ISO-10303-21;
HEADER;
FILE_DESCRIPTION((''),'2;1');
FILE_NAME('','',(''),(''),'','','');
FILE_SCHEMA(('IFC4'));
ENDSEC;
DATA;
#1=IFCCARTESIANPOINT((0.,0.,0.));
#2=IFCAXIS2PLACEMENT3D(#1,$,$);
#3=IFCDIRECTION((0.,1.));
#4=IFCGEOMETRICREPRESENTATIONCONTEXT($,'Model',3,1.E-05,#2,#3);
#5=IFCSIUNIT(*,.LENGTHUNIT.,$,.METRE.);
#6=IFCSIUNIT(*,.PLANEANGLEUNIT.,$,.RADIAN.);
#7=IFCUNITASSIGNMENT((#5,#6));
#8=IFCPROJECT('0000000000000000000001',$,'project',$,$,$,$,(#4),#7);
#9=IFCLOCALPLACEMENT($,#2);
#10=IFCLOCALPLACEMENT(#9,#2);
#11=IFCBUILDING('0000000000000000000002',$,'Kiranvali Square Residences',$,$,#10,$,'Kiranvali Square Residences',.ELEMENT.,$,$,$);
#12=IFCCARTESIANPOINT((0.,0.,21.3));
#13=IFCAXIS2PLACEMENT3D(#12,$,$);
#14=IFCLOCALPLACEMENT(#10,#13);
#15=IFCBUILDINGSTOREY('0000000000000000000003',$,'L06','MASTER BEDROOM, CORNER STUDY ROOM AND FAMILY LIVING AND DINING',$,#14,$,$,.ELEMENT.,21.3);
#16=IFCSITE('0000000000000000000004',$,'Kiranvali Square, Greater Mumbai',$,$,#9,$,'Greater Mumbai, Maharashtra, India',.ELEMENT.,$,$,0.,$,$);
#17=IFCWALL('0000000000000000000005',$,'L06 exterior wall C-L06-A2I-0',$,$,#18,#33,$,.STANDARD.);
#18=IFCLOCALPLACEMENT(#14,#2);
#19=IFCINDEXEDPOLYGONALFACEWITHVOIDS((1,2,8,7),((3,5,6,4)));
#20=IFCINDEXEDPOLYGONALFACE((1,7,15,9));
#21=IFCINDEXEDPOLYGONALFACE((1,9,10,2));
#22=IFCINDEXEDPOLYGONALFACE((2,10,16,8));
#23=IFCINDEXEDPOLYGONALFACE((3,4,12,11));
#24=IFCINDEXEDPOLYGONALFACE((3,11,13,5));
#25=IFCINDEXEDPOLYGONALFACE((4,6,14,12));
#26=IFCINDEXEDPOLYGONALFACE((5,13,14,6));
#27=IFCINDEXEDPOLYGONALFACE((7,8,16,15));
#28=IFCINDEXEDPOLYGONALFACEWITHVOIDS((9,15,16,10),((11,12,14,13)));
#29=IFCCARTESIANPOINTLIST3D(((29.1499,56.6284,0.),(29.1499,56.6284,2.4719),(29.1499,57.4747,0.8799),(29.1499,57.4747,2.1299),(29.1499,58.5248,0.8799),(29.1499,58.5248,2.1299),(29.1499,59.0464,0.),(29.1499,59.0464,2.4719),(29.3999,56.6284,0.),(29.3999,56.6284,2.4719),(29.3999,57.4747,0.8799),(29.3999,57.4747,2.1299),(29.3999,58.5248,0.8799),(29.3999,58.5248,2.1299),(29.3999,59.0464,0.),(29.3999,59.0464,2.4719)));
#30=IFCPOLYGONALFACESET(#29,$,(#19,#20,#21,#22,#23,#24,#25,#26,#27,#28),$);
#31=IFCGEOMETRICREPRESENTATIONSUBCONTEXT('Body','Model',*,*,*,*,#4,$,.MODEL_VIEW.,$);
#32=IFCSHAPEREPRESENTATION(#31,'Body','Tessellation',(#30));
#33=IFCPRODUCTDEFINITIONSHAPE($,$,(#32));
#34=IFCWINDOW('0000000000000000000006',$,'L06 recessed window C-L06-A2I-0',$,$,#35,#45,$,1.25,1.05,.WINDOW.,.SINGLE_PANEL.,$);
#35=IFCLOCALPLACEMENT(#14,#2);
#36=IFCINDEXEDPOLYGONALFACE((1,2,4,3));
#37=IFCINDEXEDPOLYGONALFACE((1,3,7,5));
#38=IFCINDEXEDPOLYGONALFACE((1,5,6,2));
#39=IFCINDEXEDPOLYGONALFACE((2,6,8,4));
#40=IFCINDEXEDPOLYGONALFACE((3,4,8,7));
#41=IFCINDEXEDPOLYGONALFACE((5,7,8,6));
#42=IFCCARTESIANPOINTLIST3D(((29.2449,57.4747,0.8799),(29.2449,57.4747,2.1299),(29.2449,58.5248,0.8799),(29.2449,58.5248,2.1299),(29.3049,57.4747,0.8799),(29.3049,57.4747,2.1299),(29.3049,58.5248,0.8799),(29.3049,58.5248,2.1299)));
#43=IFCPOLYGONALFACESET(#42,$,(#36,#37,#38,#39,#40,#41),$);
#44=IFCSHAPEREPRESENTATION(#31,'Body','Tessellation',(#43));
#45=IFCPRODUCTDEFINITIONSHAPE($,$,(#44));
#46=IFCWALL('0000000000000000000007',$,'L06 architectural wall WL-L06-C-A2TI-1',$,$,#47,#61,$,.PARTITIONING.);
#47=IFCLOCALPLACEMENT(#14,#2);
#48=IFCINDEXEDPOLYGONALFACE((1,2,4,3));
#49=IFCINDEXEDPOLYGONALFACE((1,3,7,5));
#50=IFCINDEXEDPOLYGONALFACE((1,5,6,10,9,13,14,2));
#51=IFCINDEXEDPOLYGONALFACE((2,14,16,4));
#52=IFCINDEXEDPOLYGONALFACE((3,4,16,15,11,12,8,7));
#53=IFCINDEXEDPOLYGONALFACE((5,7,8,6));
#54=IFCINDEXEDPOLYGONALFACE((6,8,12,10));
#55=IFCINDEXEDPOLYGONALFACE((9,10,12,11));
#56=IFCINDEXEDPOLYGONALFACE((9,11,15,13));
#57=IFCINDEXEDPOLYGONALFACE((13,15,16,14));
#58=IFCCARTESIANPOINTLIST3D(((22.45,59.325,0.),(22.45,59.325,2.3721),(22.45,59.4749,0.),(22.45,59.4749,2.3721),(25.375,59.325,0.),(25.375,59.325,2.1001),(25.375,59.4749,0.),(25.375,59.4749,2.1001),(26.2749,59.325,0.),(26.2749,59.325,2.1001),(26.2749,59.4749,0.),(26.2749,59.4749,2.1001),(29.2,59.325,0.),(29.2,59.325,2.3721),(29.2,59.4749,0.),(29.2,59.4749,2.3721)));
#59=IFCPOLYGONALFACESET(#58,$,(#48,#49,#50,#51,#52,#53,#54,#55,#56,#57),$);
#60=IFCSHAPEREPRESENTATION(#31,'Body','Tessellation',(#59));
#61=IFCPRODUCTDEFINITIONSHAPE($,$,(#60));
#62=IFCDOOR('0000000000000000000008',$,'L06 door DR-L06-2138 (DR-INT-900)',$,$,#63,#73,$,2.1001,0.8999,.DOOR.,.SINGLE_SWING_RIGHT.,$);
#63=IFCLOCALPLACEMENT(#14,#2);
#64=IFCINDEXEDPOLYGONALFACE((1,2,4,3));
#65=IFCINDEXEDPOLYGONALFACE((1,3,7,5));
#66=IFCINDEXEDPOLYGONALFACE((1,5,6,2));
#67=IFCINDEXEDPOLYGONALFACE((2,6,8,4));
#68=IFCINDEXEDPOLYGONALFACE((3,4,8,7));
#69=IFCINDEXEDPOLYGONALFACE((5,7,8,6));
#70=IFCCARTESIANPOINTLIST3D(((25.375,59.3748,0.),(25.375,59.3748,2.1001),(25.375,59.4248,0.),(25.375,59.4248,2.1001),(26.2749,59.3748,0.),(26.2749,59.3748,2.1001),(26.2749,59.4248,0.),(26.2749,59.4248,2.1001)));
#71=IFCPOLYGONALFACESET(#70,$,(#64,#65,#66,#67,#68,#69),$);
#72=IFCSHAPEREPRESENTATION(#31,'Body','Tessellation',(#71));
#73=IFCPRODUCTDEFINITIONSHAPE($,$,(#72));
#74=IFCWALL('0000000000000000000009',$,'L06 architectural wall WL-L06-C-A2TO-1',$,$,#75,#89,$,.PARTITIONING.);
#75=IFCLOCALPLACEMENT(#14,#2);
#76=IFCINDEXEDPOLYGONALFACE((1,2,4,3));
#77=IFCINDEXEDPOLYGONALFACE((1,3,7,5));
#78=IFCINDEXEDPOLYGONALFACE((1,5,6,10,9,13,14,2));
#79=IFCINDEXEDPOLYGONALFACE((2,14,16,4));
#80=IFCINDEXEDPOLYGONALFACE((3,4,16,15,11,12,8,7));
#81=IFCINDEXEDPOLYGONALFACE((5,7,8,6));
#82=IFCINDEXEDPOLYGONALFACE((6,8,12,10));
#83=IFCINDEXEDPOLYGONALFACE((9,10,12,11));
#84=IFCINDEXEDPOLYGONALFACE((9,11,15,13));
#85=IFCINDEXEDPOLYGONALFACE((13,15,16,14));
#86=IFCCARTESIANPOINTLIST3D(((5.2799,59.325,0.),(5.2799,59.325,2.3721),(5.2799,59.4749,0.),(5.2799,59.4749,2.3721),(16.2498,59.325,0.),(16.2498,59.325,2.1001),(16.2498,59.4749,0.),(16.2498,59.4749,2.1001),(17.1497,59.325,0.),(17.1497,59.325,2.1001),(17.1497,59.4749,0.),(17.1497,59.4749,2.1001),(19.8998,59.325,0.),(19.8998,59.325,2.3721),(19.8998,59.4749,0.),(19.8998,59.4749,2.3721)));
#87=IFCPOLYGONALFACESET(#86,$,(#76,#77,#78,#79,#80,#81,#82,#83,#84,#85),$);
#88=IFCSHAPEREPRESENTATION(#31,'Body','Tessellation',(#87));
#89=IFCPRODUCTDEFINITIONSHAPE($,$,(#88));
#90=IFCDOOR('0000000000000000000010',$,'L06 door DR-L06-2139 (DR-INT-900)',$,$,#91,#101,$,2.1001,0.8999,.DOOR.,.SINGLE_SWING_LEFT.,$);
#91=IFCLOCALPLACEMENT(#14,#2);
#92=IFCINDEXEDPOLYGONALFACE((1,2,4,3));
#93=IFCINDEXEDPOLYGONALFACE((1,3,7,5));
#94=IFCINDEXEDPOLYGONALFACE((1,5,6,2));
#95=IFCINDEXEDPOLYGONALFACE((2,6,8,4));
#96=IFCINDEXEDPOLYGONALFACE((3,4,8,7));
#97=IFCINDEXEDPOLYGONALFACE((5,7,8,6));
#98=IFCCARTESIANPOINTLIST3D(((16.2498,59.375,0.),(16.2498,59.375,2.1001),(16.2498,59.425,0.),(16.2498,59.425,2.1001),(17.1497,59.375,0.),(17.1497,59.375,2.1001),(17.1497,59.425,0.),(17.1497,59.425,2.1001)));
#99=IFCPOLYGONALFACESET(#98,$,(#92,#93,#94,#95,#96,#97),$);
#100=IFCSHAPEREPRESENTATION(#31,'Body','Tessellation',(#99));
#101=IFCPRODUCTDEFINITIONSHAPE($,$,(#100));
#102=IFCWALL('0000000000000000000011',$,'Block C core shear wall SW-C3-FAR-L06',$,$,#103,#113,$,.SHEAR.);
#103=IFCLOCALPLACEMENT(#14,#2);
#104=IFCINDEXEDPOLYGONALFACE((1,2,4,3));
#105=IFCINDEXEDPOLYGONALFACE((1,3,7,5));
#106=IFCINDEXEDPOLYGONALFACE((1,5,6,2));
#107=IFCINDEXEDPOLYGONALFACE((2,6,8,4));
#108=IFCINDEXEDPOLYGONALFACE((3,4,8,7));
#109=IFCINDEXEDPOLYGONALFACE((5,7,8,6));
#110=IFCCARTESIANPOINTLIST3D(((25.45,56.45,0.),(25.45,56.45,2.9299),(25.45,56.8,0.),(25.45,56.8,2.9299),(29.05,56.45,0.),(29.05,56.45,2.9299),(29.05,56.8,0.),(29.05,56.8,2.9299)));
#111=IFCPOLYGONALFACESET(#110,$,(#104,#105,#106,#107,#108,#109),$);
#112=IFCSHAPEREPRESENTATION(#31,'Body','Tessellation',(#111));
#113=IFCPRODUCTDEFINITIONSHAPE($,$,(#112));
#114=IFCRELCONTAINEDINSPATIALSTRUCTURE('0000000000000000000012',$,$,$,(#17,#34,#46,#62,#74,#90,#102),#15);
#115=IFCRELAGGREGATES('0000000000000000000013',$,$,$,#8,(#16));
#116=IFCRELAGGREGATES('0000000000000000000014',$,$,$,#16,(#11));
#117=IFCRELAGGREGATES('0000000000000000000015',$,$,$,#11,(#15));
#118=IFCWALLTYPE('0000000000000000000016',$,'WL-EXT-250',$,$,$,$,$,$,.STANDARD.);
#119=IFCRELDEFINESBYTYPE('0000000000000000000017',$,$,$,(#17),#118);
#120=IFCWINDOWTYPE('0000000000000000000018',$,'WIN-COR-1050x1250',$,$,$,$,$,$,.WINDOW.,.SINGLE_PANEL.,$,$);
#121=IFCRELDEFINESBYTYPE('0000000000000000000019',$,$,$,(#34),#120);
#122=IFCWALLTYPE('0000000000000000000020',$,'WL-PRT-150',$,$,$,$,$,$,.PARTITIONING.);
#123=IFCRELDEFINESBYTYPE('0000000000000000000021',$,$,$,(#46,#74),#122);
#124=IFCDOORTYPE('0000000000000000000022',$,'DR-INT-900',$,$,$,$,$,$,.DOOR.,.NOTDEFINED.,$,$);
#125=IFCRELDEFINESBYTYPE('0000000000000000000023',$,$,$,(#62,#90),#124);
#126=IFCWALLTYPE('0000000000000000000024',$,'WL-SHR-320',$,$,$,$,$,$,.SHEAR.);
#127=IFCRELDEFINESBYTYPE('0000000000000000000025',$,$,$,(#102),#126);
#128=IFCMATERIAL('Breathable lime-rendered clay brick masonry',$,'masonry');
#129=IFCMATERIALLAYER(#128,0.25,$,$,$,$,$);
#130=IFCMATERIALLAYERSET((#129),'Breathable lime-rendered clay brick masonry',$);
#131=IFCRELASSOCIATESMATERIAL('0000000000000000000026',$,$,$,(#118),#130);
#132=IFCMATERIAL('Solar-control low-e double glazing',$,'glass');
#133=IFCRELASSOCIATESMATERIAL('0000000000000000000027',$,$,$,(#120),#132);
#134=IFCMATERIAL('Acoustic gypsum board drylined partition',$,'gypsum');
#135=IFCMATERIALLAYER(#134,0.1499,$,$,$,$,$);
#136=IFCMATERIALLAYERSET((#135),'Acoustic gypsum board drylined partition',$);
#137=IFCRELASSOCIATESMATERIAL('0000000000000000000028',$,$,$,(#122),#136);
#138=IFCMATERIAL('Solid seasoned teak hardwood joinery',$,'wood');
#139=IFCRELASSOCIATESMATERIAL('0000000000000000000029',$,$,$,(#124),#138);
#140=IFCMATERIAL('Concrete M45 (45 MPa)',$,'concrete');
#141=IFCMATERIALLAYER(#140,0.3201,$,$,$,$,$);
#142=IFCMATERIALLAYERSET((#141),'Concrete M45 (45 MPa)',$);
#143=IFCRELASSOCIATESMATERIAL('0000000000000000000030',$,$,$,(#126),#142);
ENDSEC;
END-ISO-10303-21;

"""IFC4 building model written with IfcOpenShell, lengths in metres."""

from ifc_helpers import new_model, si_unit, direction, frame, frame_2d, origin, place, context, subcontext, project, spatial, rectangle, extrude, material, layer, layer_set, type_object, element, fill, save


model = new_model("IFC4")

# Units and contexts
model_context = context("Model", 3, precision=1e-05, world=origin(), true_north=direction((0.0, 1.0)))
body_context = subcontext(model_context, "Body", "Model", "MODEL_VIEW")
ifc_project = project(units=[si_unit("LENGTHUNIT", "METRE"), si_unit("PLANEANGLEUNIT", "RADIAN")], contexts=[model_context])

# Site, building, storey
site_placement = place(None, origin())
site = spatial("IfcSite", under=ifc_project, at=site_placement, Name="Kiranvali Square, Greater Mumbai", LongName="Greater Mumbai, Maharashtra, India", CompositionType="ELEMENT", RefElevation=0.0)
building_placement = place(site_placement, origin())
building = spatial("IfcBuilding", under=site, at=building_placement, Name="Kiranvali Square Residences", LongName="Kiranvali Square Residences", CompositionType="ELEMENT")
storey_placement = place(building_placement, frame((0.0, 0.0, 21.3)))
storey = spatial("IfcBuildingStorey", under=building, at=storey_placement, Name="L06", Description="MASTER BEDROOM, CORNER STUDY ROOM AND FAMILY LIVING AND DINING", CompositionType="ELEMENT", Elevation=21.3)

# Shared definitions
ifc_material_1 = material(Name="Concrete M45 (45 MPa)", Category="concrete")

# Wall, opening, window
ifc_material_2 = material(Name="Breathable lime-rendered clay brick masonry", Category="masonry")
ifc_layer_1 = layer(ifc_material_2, 0.25)
ifc_layer_set_1 = layer_set([ifc_layer_1], Name="Breathable lime-rendered clay brick masonry")
wall_type_1 = type_object("IfcWallType", Name="WL-EXT-250", PredefinedType="STANDARD", material=ifc_layer_set_1)
wall_1_placement = place(storey_placement, frame((29.2749, 56.6284, 0.0), z_axis=(0.0, 0.0, 1.0), x_axis=(0.0, 1.0, 0.0)))
wall_1 = element("IfcWall", 1, at=wall_1_placement, inside=storey, type_object=wall_type_1, Name="L06 exterior wall C-L06-A2I-0", PredefinedType="STANDARD", context=body_context, shape_type="SweptSolid", body=[
    extrude(rectangle(XDim=2.418, YDim=0.25, at=frame_2d((1.209, 0.0))), origin(), (0.0, 0.0, 1.0), 2.4719),
])
opening_1_placement = place(wall_1_placement, frame((0.8464, 0.0, 0.8799)))
opening_1 = element("IfcOpeningElement", 2, at=opening_1_placement, cuts=wall_1, PredefinedType="OPENING", context=body_context, shape_type="SweptSolid", body=[
    extrude(rectangle(XDim=1.05, YDim=1.25, at=frame_2d((0.5249, 0.625))), frame((0.0, 0.135, 0.0), z_axis=(0.0, -1.0, 0.0), x_axis=(1.0, 0.0, 0.0)), (0.0, 0.0, 1.0), 0.27),
])
ifc_material_3 = material(Name="Solar-control low-e double glazing", Category="glass")
window_type = type_object("IfcWindowType", Name="WIN-COR-1050x1250", PartitioningType="SINGLE_PANEL", PredefinedType="WINDOW", material=ifc_material_3)
window_placement = place(opening_1_placement, origin())
window = element("IfcWindow", 3, at=window_placement, inside=storey, type_object=window_type, Name="L06 recessed window C-L06-A2I-0", OverallHeight=1.25, OverallWidth=1.05, PartitioningType="SINGLE_PANEL", PredefinedType="WINDOW", context=body_context, shape_type="SweptSolid", body=[
    extrude(rectangle(XDim=1.05, YDim=1.25, at=frame_2d((0.5249, 0.625))), frame((0.0, 0.03, 0.0), z_axis=(0.0, -1.0, 0.0), x_axis=(1.0, 0.0, 0.0)), (0.0, 0.0, 1.0), 0.0601),
])
fill(opening_1, window)

# Walls, openings, doors
ifc_material_4 = material(Name="Acoustic gypsum board drylined partition", Category="gypsum")
ifc_layer_2 = layer(ifc_material_4, 0.1499)
ifc_layer_set_2 = layer_set([ifc_layer_2], Name="Acoustic gypsum board drylined partition")
wall_type_2 = type_object("IfcWallType", Name="WL-PRT-150", PredefinedType="PARTITIONING", material=ifc_layer_set_2)
wall_2_placement = place(storey_placement, frame((29.2, 59.3999, 0.0), z_axis=(0.0, 0.0, 1.0), x_axis=(-1.0, 0.0, 0.0)))
wall_2 = element("IfcWall", 4, at=wall_2_placement, inside=storey, type_object=wall_type_2, Name="L06 architectural wall WL-L06-C-A2TI-1", PredefinedType="PARTITIONING", context=body_context, shape_type="SweptSolid", body=[
    extrude(rectangle(XDim=6.75, YDim=0.1499, at=frame_2d((3.375, 0.0))), origin(), (0.0, 0.0, 1.0), 2.3721),
])
opening_2_placement = place(wall_2_placement, frame((2.925, 0.0, 0.0)))
opening_2 = element("IfcOpeningElement", 5, at=opening_2_placement, cuts=wall_2, PredefinedType="OPENING", context=body_context, shape_type="SweptSolid", body=[
    extrude(rectangle(XDim=0.8999, YDim=2.1001, at=frame_2d((0.45, 1.05))), frame((0.0, 0.085, 0.0), z_axis=(0.0, -1.0, 0.0), x_axis=(1.0, 0.0, 0.0)), (0.0, 0.0, 1.0), 0.1699),
])
ifc_material_5 = material(Name="Solid seasoned teak hardwood joinery", Category="wood")
door_type = type_object("IfcDoorType", Name="DR-INT-900", OperationType="NOTDEFINED", PredefinedType="DOOR", material=ifc_material_5)
door_1_placement = place(opening_2_placement, frame((0.8999, 0.0, 0.0), z_axis=(0.0, 0.0, 1.0), x_axis=(-1.0, 0.0, 0.0)))
door_1 = element("IfcDoor", 6, at=door_1_placement, inside=storey, type_object=door_type, Name="L06 door DR-L06-2138 (DR-INT-900)", OperationType="SINGLE_SWING_RIGHT", OverallHeight=2.1001, OverallWidth=0.8999, PredefinedType="DOOR", context=body_context, shape_type="SweptSolid", body=[
    extrude(rectangle(XDim=0.8999, YDim=2.1001, at=frame_2d((0.45, 1.05))), frame((0.0, 0.0249, 0.0), z_axis=(0.0, -1.0, 0.0), x_axis=(1.0, 0.0, 0.0)), (0.0, 0.0, 1.0), 0.05),
])
fill(opening_2, door_1)
wall_3_placement = place(storey_placement, frame((19.8999, 59.3999, 0.0), z_axis=(0.0, 0.0, 1.0), x_axis=(-1.0, 0.0, 0.0)))
wall_3 = element("IfcWall", 7, at=wall_3_placement, inside=storey, type_object=wall_type_2, Name="L06 architectural wall WL-L06-C-A2TO-1", PredefinedType="PARTITIONING", context=body_context, shape_type="SweptSolid", body=[
    extrude(rectangle(XDim=14.6199, YDim=0.1499, at=frame_2d((7.3101, 0.0))), origin(), (0.0, 0.0, 1.0), 2.3721),
])
opening_3_placement = place(wall_3_placement, frame((2.7502, 0.0, 0.0)))
opening_3 = element("IfcOpeningElement", 8, at=opening_3_placement, cuts=wall_3, PredefinedType="OPENING", context=body_context, shape_type="SweptSolid", body=[
    extrude(rectangle(XDim=0.8999, YDim=2.1001, at=frame_2d((0.45, 1.05))), frame((0.0, 0.085, 0.0), z_axis=(0.0, -1.0, 0.0), x_axis=(1.0, 0.0, 0.0)), (0.0, 0.0, 1.0), 0.1699),
])
door_2_placement = place(opening_3_placement, origin())
door_2 = element("IfcDoor", 9, at=door_2_placement, inside=storey, type_object=door_type, Name="L06 door DR-L06-2139 (DR-INT-900)", OperationType="SINGLE_SWING_LEFT", OverallHeight=2.1001, OverallWidth=0.8999, PredefinedType="DOOR", context=body_context, shape_type="SweptSolid", body=[
    extrude(rectangle(XDim=0.8999, YDim=2.1001, at=frame_2d((0.45, 1.05))), frame((0.0, 0.0249, 0.0), z_axis=(0.0, -1.0, 0.0), x_axis=(1.0, 0.0, 0.0)), (0.0, 0.0, 1.0), 0.05),
])
fill(opening_3, door_2)

# Wall
ifc_layer_3 = layer(ifc_material_1, 0.3201)
ifc_layer_set_3 = layer_set([ifc_layer_3], Name="Concrete M45 (45 MPa)")
wall_type_3 = type_object("IfcWallType", Name="WL-SHR-320", PredefinedType="SHEAR", material=ifc_layer_set_3)
wall_4_placement = place(storey_placement, frame((29.05, 56.625, 0.0), z_axis=(0.0, 0.0, 1.0), x_axis=(-1.0, 0.0, 0.0)))
element("IfcWall", 10, at=wall_4_placement, inside=storey, type_object=wall_type_3, Name="Block C core shear wall SW-C3-FAR-L06", PredefinedType="SHEAR", context=body_context, shape_type="SweptSolid", body=[
    extrude(rectangle(XDim=3.6001, YDim=0.3501, at=frame_2d((1.8, 0.0))), origin(), (0.0, 0.0, 1.0), 2.9299),
])

save(model, "model.ifc")
